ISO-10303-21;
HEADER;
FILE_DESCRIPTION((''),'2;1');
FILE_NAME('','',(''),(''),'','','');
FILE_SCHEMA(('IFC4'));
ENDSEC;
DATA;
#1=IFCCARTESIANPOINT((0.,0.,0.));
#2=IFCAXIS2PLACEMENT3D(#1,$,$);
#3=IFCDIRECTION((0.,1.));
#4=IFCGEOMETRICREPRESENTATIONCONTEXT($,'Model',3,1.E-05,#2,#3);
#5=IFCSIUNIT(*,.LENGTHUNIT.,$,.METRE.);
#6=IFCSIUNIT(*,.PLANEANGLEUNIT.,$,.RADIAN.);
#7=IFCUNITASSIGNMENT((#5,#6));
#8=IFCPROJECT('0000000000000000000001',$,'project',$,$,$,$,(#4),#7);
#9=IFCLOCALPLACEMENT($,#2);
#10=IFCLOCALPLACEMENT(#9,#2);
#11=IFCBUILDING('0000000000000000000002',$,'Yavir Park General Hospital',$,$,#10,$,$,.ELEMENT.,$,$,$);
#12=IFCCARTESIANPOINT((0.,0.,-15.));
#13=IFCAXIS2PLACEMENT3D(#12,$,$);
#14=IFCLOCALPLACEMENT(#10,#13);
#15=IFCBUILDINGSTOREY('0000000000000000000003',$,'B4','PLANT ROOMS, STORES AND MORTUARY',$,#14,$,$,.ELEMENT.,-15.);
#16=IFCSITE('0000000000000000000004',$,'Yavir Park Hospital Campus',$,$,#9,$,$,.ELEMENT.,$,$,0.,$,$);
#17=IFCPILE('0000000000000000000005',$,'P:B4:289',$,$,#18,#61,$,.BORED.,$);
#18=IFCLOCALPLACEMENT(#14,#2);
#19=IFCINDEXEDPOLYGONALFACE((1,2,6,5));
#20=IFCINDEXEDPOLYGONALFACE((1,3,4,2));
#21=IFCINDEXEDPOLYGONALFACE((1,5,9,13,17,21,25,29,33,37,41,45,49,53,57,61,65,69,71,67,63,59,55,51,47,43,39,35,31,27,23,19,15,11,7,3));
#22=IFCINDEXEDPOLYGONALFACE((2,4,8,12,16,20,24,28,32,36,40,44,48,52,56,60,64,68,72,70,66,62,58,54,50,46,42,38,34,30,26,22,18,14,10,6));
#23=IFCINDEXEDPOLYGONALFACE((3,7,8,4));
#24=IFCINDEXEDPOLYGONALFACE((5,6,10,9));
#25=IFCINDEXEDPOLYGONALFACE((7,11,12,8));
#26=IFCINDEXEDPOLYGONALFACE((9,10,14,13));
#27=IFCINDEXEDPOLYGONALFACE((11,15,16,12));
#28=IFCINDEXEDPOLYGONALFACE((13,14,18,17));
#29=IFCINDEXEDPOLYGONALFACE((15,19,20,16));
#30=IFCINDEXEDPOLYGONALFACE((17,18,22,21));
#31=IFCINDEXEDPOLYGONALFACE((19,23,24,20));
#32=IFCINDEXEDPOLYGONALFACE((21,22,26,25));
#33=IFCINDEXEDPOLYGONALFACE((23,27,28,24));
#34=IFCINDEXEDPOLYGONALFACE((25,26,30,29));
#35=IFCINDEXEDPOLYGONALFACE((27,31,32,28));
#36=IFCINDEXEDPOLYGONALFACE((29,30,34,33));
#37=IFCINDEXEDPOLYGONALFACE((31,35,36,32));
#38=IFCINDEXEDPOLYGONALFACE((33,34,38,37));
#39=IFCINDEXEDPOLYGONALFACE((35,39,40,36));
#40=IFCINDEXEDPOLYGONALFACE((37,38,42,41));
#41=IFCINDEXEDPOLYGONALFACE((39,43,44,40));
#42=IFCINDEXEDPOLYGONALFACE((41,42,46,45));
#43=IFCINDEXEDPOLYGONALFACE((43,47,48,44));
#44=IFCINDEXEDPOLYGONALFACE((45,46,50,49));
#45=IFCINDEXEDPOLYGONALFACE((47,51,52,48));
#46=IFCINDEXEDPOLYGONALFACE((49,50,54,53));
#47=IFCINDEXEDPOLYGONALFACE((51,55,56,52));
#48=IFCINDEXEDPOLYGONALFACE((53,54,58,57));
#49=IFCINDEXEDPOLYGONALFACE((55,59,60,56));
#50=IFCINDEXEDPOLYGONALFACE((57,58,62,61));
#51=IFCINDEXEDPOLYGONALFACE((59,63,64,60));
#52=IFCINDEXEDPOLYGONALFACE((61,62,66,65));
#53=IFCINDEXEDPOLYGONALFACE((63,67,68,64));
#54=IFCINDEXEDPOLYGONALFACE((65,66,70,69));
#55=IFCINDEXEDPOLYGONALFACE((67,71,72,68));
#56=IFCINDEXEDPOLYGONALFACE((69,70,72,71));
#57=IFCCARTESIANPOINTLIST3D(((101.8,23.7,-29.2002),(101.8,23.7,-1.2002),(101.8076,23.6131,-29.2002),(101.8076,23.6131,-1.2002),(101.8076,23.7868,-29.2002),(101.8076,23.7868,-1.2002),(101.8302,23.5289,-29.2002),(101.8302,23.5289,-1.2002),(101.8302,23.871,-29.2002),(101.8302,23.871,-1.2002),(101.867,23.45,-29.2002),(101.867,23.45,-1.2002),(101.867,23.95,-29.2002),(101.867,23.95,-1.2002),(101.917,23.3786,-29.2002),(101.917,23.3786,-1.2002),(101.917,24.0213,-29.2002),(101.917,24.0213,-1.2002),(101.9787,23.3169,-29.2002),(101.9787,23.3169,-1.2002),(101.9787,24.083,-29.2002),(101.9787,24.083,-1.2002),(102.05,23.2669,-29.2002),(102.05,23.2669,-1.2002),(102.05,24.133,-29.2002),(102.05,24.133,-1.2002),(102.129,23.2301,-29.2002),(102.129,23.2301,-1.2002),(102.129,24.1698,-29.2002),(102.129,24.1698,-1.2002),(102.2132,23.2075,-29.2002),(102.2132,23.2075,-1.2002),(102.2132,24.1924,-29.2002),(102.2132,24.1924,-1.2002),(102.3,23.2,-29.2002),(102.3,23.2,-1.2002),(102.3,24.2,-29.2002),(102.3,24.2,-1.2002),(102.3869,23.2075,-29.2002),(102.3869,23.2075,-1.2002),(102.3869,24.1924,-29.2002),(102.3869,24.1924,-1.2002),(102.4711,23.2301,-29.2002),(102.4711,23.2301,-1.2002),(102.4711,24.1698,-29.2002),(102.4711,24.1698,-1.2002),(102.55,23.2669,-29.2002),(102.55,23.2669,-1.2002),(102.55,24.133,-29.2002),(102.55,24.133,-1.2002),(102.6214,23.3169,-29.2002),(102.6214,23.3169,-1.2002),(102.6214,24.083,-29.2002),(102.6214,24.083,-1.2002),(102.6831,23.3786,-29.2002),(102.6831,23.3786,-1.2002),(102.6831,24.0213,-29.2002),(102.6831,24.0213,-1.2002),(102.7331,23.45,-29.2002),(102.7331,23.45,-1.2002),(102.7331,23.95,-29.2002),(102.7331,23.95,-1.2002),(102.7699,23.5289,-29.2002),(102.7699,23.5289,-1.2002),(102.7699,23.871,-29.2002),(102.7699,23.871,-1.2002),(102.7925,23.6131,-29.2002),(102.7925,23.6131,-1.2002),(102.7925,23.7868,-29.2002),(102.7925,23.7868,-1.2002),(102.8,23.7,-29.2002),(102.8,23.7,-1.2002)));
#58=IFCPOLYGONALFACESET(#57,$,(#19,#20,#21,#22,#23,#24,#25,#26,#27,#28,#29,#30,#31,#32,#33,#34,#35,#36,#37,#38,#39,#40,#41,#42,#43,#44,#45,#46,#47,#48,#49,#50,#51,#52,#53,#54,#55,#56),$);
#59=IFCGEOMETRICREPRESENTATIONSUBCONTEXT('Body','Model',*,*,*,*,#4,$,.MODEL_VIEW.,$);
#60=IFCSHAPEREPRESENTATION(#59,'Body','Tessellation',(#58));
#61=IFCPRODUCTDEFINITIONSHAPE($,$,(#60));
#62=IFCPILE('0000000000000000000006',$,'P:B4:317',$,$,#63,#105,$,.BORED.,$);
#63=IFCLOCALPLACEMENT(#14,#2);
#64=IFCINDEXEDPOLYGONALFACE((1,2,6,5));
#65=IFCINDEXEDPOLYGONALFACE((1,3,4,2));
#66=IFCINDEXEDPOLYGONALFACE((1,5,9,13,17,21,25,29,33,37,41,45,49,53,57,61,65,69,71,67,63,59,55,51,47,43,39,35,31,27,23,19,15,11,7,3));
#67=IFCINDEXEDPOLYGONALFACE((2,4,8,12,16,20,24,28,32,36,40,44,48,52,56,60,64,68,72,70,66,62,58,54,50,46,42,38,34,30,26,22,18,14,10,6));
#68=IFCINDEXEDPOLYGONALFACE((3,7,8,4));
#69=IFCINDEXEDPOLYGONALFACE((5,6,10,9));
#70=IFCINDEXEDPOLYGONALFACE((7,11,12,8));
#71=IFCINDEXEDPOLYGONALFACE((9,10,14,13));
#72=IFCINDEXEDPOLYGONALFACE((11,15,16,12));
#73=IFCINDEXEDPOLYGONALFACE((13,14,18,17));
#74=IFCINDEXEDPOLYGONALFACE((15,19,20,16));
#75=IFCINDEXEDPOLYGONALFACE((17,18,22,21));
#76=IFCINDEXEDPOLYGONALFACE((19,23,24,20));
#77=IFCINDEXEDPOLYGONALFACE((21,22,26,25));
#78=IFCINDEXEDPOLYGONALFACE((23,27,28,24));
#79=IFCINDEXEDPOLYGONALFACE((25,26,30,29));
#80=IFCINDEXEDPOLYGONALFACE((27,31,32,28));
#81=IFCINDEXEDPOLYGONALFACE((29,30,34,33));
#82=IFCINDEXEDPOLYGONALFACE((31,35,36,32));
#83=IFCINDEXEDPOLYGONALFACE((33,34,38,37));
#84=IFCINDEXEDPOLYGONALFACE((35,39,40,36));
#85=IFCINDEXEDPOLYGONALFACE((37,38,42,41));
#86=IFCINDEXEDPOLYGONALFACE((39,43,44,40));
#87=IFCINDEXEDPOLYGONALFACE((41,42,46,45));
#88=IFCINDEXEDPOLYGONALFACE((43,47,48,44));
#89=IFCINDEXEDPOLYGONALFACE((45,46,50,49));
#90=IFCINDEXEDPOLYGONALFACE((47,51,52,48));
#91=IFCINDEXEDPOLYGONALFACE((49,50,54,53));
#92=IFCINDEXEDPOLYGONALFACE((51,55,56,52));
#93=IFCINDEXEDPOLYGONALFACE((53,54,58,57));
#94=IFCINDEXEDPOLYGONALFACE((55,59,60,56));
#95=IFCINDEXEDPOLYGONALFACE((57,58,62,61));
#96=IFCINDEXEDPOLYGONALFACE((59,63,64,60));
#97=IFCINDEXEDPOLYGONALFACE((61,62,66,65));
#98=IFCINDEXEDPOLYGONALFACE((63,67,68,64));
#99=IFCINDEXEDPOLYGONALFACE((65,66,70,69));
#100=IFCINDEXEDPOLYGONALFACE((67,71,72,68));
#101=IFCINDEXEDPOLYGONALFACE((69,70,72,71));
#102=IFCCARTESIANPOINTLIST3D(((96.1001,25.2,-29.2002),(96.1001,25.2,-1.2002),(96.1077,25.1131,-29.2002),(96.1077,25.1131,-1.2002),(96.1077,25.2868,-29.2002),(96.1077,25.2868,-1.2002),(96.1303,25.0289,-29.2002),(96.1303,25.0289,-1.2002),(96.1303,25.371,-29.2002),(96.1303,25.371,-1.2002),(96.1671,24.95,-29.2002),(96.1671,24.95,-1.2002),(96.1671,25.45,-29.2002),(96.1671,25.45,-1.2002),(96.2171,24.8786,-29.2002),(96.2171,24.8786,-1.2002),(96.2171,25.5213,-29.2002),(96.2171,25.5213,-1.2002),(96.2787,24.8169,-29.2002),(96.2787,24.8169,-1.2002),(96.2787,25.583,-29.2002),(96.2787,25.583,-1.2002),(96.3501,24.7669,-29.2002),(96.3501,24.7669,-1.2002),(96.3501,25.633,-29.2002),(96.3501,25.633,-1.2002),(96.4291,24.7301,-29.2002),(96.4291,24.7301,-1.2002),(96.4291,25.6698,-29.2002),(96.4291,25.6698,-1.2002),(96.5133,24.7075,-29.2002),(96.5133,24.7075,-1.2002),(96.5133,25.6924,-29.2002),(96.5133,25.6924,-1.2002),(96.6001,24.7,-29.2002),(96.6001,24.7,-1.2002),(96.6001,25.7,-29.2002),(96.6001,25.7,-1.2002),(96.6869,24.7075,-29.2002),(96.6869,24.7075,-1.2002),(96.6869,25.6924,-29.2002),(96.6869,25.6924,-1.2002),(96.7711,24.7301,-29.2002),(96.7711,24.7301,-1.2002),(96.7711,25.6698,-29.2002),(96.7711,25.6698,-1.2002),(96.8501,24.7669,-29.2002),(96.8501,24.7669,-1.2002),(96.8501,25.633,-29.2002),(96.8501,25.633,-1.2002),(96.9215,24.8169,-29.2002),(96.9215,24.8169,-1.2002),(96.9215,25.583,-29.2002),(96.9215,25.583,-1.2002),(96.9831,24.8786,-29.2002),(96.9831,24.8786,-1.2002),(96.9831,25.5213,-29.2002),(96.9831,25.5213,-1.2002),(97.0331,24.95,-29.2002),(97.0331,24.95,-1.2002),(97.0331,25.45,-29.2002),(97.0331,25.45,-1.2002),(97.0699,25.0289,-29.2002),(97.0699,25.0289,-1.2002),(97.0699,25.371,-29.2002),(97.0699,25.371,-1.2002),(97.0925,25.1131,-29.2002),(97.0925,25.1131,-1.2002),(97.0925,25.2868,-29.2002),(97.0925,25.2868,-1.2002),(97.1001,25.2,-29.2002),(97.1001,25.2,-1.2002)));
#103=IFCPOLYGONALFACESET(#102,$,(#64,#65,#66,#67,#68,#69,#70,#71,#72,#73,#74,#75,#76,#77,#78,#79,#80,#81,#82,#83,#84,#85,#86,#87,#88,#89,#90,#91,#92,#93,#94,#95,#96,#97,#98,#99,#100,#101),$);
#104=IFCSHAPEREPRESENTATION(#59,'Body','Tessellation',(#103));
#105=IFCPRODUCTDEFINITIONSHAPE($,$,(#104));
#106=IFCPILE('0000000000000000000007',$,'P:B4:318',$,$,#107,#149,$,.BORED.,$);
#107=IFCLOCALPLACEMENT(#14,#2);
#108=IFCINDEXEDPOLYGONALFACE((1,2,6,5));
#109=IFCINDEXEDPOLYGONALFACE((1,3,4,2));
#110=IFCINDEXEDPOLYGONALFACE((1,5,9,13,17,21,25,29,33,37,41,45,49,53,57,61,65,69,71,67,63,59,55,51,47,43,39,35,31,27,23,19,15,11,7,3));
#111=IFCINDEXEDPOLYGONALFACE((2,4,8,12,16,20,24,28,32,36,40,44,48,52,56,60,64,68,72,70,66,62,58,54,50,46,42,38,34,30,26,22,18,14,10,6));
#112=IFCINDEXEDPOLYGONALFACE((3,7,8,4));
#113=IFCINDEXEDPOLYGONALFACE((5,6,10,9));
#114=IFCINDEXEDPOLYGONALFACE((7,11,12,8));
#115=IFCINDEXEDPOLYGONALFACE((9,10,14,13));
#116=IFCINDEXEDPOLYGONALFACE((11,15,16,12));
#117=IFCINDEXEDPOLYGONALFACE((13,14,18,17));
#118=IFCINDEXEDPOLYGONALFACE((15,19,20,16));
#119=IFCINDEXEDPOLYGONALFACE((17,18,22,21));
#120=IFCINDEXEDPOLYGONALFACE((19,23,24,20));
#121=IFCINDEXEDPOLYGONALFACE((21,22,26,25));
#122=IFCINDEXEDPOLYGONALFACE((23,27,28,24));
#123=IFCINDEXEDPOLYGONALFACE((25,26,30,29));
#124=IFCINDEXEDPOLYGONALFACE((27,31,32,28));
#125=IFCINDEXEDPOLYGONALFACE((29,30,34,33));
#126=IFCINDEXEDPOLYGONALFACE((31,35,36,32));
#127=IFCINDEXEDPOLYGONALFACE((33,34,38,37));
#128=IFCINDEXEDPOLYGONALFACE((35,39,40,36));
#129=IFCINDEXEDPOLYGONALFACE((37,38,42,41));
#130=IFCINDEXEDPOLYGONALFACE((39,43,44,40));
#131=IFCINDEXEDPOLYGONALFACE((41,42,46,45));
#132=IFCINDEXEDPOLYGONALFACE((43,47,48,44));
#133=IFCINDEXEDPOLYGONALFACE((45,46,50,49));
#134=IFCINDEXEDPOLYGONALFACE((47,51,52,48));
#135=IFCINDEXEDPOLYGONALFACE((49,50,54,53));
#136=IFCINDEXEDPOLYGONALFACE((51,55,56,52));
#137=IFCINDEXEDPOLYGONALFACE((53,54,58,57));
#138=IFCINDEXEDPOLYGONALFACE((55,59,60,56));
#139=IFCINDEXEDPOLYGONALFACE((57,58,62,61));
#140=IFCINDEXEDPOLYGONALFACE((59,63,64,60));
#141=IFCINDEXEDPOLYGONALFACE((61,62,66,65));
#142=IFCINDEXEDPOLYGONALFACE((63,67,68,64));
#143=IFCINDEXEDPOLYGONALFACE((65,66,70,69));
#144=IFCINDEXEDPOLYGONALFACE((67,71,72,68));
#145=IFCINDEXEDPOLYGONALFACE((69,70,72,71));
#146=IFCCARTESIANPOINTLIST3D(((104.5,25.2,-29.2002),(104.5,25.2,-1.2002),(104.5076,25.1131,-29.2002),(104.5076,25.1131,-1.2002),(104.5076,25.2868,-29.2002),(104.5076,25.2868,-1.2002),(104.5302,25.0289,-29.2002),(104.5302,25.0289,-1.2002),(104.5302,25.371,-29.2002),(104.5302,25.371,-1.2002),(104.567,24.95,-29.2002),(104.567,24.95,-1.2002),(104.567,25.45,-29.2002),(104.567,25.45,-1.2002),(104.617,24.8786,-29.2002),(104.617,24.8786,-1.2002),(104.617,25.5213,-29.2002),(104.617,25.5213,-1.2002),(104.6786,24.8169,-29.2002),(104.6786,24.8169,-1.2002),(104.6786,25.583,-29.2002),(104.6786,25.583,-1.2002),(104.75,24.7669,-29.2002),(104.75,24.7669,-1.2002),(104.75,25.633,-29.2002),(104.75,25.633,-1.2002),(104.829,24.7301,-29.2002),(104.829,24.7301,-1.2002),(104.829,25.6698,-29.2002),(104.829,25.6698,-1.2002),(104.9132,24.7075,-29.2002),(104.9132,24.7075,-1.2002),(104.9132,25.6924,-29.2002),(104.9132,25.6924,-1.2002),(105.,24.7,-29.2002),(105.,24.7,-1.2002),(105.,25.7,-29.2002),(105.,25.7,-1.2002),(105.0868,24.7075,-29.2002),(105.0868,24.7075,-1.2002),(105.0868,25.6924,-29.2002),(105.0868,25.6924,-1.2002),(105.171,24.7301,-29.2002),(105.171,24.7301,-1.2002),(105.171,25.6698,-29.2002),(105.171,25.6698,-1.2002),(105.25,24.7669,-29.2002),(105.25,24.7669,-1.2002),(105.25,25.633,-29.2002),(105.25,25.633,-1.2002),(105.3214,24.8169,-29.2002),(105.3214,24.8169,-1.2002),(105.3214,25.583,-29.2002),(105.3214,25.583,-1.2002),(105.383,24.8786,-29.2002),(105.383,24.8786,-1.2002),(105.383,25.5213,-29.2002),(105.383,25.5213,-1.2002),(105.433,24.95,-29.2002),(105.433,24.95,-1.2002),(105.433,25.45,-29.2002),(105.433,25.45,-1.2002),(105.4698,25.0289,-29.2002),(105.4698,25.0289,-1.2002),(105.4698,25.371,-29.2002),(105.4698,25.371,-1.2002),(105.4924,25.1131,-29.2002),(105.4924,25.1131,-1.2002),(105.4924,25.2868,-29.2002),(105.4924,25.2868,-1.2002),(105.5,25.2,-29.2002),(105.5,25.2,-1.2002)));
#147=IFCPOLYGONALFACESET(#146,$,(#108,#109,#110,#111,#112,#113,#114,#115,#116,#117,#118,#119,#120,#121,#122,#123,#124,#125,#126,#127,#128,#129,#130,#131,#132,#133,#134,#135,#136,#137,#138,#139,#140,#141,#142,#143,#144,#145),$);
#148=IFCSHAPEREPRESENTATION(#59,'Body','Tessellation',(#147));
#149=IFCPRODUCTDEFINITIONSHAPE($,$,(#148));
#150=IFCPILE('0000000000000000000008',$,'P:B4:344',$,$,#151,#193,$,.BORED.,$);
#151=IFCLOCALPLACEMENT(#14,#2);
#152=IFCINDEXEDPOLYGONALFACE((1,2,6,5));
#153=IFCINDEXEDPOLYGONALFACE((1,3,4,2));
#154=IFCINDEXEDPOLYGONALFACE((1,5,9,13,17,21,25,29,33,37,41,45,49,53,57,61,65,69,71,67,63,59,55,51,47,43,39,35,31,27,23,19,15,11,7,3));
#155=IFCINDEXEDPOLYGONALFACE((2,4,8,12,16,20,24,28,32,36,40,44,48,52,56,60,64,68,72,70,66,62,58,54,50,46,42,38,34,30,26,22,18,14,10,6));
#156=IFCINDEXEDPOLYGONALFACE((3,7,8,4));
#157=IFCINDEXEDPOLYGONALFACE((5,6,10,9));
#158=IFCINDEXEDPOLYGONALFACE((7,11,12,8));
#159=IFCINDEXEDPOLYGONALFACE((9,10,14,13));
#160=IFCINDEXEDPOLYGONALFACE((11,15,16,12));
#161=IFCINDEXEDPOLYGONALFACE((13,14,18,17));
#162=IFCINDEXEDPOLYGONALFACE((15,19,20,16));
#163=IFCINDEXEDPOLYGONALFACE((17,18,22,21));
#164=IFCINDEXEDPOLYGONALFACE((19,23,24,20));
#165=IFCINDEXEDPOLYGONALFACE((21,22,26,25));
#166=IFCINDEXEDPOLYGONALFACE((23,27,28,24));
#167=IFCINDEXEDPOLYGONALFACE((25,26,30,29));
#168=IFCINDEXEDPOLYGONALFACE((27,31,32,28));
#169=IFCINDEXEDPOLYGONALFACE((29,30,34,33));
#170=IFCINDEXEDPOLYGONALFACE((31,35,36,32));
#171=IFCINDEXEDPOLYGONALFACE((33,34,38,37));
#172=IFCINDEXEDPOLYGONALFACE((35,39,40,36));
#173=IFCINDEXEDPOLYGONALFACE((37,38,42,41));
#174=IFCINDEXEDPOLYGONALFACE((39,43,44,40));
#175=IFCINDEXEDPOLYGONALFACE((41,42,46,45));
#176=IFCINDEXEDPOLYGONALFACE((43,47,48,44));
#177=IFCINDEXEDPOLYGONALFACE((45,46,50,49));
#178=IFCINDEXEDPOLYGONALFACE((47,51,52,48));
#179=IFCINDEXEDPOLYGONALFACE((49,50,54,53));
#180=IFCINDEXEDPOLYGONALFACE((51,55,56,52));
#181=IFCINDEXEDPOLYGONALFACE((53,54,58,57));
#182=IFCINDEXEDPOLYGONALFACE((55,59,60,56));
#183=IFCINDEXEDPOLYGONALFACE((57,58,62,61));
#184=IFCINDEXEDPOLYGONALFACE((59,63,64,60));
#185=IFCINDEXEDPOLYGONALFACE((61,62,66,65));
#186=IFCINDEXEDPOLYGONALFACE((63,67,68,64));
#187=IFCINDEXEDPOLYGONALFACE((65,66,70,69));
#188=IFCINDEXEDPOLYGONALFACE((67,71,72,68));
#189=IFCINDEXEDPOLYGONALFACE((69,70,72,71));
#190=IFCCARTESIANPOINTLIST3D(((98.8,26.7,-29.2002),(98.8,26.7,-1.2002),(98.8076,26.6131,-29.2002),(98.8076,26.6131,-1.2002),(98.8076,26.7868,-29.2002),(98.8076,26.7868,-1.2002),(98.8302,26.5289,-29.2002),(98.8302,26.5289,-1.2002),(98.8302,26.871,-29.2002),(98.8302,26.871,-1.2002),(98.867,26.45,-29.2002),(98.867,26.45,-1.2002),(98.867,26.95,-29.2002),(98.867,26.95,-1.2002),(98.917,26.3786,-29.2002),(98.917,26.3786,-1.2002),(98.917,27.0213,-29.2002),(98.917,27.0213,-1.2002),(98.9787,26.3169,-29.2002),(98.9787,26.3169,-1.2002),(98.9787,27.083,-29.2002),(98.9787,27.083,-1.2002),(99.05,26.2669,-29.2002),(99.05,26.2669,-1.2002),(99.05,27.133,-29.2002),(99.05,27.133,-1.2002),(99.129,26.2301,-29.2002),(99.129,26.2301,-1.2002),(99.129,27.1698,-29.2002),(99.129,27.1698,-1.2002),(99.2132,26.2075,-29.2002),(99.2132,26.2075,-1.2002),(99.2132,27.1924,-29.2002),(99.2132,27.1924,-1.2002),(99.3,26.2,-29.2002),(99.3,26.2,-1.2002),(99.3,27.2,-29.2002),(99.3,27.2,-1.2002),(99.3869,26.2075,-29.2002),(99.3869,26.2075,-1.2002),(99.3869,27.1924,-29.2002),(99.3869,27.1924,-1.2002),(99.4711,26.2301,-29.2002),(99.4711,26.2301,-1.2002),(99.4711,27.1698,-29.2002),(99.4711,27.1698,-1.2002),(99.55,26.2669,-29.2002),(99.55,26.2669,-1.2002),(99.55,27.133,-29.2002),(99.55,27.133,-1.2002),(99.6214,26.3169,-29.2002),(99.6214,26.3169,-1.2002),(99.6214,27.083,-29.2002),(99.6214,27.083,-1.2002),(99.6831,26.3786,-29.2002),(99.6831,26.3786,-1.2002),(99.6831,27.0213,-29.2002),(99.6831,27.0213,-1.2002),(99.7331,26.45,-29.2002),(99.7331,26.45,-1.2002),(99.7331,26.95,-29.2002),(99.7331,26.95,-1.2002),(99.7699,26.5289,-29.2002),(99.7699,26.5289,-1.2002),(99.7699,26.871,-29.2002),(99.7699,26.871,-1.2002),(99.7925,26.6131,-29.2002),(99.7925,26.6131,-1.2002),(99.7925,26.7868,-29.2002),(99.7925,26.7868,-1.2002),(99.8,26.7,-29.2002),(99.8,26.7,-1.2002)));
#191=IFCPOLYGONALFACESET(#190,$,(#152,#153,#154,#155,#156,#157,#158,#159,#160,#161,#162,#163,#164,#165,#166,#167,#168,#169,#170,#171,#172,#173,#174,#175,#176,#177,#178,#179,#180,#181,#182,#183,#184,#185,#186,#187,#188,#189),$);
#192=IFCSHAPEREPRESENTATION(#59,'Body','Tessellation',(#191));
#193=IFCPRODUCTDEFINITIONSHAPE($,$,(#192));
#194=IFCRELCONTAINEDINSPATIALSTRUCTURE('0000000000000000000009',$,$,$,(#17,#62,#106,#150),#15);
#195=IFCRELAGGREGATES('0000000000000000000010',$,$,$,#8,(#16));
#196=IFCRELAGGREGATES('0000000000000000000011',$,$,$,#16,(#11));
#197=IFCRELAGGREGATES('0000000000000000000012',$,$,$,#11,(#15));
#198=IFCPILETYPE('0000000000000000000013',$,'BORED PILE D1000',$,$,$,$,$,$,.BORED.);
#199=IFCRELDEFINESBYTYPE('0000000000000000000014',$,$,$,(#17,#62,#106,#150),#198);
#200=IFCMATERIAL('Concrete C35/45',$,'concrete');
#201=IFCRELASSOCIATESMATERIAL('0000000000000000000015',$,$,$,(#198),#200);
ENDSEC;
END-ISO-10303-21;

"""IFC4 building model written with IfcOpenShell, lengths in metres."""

from ifc_helpers import new_model, si_unit, direction, frame, origin, origin_2d, place, context, subcontext, project, spatial, circle, extrude, material, material_profile, profile_set, type_object, element, save


model = new_model("IFC4")

# Units and contexts
model_context = context("Model", 3, precision=1e-05, world=origin(), true_north=direction((0.0, 1.0)))
body_context = subcontext(model_context, "Body", "Model", "MODEL_VIEW")
ifc_project = project(units=[si_unit("LENGTHUNIT", "METRE"), si_unit("PLANEANGLEUNIT", "RADIAN")], contexts=[model_context])

# Site, building, storey
site_placement = place(None, origin())
site = spatial("IfcSite", under=ifc_project, at=site_placement, Name="Yavir Park Hospital Campus", CompositionType="ELEMENT", RefElevation=0.0)
building_placement = place(site_placement, origin())
building = spatial("IfcBuilding", under=site, at=building_placement, Name="Yavir Park General Hospital", CompositionType="ELEMENT")
storey_placement = place(building_placement, frame((0.0, 0.0, -15.0)))
storey = spatial("IfcBuildingStorey", under=building, at=storey_placement, Name="B4", Description="PLANT ROOMS, STORES AND MORTUARY", CompositionType="ELEMENT", Elevation=-15.0)

# Piles
ifc_material_1 = material(Name="Concrete C35/45", Category="concrete")
ifc_material_profile_1 = material_profile(ifc_material_1, circle(Radius=0.5, at=origin_2d()), Name="D1000")
ifc_profile_set_1 = profile_set([ifc_material_profile_1], Name="Concrete C35/45")
pile_type_1 = type_object("IfcPileType", Name="BORED PILE D1000", PredefinedType="BORED", material=ifc_profile_set_1)
for number, where, z_axis, x_axis, name in (
    (1, (102.3, 23.7, -1.2002), (0.0, 0.0, -1.0), (1.0, 0.0, 0.0), "P:B4:289"),
    (2, (96.6001, 25.2, -1.2002), (0.0, 0.0, -1.0), (1.0, 0.0, 0.0), "P:B4:317"),
    (3, (105.0, 25.2, -1.2002), (0.0, 0.0, -1.0), (1.0, 0.0, 0.0), "P:B4:318"),
    (4, (99.3, 26.7, -1.2002), (0.0, 0.0, -1.0), (1.0, 0.0, 0.0), "P:B4:344"),
):
    element("IfcPile", number, at=place(storey_placement, frame(where, z_axis=z_axis, x_axis=x_axis)), inside=storey, type_object=pile_type_1, Name=name, PredefinedType="BORED", context=body_context, shape_type="SweptSolid", body=[
        extrude(circle(Radius=0.5, at=origin_2d()), origin(), (0.0, 0.0, 1.0), 28.0),
    ])

save(model, "model.ifc")
